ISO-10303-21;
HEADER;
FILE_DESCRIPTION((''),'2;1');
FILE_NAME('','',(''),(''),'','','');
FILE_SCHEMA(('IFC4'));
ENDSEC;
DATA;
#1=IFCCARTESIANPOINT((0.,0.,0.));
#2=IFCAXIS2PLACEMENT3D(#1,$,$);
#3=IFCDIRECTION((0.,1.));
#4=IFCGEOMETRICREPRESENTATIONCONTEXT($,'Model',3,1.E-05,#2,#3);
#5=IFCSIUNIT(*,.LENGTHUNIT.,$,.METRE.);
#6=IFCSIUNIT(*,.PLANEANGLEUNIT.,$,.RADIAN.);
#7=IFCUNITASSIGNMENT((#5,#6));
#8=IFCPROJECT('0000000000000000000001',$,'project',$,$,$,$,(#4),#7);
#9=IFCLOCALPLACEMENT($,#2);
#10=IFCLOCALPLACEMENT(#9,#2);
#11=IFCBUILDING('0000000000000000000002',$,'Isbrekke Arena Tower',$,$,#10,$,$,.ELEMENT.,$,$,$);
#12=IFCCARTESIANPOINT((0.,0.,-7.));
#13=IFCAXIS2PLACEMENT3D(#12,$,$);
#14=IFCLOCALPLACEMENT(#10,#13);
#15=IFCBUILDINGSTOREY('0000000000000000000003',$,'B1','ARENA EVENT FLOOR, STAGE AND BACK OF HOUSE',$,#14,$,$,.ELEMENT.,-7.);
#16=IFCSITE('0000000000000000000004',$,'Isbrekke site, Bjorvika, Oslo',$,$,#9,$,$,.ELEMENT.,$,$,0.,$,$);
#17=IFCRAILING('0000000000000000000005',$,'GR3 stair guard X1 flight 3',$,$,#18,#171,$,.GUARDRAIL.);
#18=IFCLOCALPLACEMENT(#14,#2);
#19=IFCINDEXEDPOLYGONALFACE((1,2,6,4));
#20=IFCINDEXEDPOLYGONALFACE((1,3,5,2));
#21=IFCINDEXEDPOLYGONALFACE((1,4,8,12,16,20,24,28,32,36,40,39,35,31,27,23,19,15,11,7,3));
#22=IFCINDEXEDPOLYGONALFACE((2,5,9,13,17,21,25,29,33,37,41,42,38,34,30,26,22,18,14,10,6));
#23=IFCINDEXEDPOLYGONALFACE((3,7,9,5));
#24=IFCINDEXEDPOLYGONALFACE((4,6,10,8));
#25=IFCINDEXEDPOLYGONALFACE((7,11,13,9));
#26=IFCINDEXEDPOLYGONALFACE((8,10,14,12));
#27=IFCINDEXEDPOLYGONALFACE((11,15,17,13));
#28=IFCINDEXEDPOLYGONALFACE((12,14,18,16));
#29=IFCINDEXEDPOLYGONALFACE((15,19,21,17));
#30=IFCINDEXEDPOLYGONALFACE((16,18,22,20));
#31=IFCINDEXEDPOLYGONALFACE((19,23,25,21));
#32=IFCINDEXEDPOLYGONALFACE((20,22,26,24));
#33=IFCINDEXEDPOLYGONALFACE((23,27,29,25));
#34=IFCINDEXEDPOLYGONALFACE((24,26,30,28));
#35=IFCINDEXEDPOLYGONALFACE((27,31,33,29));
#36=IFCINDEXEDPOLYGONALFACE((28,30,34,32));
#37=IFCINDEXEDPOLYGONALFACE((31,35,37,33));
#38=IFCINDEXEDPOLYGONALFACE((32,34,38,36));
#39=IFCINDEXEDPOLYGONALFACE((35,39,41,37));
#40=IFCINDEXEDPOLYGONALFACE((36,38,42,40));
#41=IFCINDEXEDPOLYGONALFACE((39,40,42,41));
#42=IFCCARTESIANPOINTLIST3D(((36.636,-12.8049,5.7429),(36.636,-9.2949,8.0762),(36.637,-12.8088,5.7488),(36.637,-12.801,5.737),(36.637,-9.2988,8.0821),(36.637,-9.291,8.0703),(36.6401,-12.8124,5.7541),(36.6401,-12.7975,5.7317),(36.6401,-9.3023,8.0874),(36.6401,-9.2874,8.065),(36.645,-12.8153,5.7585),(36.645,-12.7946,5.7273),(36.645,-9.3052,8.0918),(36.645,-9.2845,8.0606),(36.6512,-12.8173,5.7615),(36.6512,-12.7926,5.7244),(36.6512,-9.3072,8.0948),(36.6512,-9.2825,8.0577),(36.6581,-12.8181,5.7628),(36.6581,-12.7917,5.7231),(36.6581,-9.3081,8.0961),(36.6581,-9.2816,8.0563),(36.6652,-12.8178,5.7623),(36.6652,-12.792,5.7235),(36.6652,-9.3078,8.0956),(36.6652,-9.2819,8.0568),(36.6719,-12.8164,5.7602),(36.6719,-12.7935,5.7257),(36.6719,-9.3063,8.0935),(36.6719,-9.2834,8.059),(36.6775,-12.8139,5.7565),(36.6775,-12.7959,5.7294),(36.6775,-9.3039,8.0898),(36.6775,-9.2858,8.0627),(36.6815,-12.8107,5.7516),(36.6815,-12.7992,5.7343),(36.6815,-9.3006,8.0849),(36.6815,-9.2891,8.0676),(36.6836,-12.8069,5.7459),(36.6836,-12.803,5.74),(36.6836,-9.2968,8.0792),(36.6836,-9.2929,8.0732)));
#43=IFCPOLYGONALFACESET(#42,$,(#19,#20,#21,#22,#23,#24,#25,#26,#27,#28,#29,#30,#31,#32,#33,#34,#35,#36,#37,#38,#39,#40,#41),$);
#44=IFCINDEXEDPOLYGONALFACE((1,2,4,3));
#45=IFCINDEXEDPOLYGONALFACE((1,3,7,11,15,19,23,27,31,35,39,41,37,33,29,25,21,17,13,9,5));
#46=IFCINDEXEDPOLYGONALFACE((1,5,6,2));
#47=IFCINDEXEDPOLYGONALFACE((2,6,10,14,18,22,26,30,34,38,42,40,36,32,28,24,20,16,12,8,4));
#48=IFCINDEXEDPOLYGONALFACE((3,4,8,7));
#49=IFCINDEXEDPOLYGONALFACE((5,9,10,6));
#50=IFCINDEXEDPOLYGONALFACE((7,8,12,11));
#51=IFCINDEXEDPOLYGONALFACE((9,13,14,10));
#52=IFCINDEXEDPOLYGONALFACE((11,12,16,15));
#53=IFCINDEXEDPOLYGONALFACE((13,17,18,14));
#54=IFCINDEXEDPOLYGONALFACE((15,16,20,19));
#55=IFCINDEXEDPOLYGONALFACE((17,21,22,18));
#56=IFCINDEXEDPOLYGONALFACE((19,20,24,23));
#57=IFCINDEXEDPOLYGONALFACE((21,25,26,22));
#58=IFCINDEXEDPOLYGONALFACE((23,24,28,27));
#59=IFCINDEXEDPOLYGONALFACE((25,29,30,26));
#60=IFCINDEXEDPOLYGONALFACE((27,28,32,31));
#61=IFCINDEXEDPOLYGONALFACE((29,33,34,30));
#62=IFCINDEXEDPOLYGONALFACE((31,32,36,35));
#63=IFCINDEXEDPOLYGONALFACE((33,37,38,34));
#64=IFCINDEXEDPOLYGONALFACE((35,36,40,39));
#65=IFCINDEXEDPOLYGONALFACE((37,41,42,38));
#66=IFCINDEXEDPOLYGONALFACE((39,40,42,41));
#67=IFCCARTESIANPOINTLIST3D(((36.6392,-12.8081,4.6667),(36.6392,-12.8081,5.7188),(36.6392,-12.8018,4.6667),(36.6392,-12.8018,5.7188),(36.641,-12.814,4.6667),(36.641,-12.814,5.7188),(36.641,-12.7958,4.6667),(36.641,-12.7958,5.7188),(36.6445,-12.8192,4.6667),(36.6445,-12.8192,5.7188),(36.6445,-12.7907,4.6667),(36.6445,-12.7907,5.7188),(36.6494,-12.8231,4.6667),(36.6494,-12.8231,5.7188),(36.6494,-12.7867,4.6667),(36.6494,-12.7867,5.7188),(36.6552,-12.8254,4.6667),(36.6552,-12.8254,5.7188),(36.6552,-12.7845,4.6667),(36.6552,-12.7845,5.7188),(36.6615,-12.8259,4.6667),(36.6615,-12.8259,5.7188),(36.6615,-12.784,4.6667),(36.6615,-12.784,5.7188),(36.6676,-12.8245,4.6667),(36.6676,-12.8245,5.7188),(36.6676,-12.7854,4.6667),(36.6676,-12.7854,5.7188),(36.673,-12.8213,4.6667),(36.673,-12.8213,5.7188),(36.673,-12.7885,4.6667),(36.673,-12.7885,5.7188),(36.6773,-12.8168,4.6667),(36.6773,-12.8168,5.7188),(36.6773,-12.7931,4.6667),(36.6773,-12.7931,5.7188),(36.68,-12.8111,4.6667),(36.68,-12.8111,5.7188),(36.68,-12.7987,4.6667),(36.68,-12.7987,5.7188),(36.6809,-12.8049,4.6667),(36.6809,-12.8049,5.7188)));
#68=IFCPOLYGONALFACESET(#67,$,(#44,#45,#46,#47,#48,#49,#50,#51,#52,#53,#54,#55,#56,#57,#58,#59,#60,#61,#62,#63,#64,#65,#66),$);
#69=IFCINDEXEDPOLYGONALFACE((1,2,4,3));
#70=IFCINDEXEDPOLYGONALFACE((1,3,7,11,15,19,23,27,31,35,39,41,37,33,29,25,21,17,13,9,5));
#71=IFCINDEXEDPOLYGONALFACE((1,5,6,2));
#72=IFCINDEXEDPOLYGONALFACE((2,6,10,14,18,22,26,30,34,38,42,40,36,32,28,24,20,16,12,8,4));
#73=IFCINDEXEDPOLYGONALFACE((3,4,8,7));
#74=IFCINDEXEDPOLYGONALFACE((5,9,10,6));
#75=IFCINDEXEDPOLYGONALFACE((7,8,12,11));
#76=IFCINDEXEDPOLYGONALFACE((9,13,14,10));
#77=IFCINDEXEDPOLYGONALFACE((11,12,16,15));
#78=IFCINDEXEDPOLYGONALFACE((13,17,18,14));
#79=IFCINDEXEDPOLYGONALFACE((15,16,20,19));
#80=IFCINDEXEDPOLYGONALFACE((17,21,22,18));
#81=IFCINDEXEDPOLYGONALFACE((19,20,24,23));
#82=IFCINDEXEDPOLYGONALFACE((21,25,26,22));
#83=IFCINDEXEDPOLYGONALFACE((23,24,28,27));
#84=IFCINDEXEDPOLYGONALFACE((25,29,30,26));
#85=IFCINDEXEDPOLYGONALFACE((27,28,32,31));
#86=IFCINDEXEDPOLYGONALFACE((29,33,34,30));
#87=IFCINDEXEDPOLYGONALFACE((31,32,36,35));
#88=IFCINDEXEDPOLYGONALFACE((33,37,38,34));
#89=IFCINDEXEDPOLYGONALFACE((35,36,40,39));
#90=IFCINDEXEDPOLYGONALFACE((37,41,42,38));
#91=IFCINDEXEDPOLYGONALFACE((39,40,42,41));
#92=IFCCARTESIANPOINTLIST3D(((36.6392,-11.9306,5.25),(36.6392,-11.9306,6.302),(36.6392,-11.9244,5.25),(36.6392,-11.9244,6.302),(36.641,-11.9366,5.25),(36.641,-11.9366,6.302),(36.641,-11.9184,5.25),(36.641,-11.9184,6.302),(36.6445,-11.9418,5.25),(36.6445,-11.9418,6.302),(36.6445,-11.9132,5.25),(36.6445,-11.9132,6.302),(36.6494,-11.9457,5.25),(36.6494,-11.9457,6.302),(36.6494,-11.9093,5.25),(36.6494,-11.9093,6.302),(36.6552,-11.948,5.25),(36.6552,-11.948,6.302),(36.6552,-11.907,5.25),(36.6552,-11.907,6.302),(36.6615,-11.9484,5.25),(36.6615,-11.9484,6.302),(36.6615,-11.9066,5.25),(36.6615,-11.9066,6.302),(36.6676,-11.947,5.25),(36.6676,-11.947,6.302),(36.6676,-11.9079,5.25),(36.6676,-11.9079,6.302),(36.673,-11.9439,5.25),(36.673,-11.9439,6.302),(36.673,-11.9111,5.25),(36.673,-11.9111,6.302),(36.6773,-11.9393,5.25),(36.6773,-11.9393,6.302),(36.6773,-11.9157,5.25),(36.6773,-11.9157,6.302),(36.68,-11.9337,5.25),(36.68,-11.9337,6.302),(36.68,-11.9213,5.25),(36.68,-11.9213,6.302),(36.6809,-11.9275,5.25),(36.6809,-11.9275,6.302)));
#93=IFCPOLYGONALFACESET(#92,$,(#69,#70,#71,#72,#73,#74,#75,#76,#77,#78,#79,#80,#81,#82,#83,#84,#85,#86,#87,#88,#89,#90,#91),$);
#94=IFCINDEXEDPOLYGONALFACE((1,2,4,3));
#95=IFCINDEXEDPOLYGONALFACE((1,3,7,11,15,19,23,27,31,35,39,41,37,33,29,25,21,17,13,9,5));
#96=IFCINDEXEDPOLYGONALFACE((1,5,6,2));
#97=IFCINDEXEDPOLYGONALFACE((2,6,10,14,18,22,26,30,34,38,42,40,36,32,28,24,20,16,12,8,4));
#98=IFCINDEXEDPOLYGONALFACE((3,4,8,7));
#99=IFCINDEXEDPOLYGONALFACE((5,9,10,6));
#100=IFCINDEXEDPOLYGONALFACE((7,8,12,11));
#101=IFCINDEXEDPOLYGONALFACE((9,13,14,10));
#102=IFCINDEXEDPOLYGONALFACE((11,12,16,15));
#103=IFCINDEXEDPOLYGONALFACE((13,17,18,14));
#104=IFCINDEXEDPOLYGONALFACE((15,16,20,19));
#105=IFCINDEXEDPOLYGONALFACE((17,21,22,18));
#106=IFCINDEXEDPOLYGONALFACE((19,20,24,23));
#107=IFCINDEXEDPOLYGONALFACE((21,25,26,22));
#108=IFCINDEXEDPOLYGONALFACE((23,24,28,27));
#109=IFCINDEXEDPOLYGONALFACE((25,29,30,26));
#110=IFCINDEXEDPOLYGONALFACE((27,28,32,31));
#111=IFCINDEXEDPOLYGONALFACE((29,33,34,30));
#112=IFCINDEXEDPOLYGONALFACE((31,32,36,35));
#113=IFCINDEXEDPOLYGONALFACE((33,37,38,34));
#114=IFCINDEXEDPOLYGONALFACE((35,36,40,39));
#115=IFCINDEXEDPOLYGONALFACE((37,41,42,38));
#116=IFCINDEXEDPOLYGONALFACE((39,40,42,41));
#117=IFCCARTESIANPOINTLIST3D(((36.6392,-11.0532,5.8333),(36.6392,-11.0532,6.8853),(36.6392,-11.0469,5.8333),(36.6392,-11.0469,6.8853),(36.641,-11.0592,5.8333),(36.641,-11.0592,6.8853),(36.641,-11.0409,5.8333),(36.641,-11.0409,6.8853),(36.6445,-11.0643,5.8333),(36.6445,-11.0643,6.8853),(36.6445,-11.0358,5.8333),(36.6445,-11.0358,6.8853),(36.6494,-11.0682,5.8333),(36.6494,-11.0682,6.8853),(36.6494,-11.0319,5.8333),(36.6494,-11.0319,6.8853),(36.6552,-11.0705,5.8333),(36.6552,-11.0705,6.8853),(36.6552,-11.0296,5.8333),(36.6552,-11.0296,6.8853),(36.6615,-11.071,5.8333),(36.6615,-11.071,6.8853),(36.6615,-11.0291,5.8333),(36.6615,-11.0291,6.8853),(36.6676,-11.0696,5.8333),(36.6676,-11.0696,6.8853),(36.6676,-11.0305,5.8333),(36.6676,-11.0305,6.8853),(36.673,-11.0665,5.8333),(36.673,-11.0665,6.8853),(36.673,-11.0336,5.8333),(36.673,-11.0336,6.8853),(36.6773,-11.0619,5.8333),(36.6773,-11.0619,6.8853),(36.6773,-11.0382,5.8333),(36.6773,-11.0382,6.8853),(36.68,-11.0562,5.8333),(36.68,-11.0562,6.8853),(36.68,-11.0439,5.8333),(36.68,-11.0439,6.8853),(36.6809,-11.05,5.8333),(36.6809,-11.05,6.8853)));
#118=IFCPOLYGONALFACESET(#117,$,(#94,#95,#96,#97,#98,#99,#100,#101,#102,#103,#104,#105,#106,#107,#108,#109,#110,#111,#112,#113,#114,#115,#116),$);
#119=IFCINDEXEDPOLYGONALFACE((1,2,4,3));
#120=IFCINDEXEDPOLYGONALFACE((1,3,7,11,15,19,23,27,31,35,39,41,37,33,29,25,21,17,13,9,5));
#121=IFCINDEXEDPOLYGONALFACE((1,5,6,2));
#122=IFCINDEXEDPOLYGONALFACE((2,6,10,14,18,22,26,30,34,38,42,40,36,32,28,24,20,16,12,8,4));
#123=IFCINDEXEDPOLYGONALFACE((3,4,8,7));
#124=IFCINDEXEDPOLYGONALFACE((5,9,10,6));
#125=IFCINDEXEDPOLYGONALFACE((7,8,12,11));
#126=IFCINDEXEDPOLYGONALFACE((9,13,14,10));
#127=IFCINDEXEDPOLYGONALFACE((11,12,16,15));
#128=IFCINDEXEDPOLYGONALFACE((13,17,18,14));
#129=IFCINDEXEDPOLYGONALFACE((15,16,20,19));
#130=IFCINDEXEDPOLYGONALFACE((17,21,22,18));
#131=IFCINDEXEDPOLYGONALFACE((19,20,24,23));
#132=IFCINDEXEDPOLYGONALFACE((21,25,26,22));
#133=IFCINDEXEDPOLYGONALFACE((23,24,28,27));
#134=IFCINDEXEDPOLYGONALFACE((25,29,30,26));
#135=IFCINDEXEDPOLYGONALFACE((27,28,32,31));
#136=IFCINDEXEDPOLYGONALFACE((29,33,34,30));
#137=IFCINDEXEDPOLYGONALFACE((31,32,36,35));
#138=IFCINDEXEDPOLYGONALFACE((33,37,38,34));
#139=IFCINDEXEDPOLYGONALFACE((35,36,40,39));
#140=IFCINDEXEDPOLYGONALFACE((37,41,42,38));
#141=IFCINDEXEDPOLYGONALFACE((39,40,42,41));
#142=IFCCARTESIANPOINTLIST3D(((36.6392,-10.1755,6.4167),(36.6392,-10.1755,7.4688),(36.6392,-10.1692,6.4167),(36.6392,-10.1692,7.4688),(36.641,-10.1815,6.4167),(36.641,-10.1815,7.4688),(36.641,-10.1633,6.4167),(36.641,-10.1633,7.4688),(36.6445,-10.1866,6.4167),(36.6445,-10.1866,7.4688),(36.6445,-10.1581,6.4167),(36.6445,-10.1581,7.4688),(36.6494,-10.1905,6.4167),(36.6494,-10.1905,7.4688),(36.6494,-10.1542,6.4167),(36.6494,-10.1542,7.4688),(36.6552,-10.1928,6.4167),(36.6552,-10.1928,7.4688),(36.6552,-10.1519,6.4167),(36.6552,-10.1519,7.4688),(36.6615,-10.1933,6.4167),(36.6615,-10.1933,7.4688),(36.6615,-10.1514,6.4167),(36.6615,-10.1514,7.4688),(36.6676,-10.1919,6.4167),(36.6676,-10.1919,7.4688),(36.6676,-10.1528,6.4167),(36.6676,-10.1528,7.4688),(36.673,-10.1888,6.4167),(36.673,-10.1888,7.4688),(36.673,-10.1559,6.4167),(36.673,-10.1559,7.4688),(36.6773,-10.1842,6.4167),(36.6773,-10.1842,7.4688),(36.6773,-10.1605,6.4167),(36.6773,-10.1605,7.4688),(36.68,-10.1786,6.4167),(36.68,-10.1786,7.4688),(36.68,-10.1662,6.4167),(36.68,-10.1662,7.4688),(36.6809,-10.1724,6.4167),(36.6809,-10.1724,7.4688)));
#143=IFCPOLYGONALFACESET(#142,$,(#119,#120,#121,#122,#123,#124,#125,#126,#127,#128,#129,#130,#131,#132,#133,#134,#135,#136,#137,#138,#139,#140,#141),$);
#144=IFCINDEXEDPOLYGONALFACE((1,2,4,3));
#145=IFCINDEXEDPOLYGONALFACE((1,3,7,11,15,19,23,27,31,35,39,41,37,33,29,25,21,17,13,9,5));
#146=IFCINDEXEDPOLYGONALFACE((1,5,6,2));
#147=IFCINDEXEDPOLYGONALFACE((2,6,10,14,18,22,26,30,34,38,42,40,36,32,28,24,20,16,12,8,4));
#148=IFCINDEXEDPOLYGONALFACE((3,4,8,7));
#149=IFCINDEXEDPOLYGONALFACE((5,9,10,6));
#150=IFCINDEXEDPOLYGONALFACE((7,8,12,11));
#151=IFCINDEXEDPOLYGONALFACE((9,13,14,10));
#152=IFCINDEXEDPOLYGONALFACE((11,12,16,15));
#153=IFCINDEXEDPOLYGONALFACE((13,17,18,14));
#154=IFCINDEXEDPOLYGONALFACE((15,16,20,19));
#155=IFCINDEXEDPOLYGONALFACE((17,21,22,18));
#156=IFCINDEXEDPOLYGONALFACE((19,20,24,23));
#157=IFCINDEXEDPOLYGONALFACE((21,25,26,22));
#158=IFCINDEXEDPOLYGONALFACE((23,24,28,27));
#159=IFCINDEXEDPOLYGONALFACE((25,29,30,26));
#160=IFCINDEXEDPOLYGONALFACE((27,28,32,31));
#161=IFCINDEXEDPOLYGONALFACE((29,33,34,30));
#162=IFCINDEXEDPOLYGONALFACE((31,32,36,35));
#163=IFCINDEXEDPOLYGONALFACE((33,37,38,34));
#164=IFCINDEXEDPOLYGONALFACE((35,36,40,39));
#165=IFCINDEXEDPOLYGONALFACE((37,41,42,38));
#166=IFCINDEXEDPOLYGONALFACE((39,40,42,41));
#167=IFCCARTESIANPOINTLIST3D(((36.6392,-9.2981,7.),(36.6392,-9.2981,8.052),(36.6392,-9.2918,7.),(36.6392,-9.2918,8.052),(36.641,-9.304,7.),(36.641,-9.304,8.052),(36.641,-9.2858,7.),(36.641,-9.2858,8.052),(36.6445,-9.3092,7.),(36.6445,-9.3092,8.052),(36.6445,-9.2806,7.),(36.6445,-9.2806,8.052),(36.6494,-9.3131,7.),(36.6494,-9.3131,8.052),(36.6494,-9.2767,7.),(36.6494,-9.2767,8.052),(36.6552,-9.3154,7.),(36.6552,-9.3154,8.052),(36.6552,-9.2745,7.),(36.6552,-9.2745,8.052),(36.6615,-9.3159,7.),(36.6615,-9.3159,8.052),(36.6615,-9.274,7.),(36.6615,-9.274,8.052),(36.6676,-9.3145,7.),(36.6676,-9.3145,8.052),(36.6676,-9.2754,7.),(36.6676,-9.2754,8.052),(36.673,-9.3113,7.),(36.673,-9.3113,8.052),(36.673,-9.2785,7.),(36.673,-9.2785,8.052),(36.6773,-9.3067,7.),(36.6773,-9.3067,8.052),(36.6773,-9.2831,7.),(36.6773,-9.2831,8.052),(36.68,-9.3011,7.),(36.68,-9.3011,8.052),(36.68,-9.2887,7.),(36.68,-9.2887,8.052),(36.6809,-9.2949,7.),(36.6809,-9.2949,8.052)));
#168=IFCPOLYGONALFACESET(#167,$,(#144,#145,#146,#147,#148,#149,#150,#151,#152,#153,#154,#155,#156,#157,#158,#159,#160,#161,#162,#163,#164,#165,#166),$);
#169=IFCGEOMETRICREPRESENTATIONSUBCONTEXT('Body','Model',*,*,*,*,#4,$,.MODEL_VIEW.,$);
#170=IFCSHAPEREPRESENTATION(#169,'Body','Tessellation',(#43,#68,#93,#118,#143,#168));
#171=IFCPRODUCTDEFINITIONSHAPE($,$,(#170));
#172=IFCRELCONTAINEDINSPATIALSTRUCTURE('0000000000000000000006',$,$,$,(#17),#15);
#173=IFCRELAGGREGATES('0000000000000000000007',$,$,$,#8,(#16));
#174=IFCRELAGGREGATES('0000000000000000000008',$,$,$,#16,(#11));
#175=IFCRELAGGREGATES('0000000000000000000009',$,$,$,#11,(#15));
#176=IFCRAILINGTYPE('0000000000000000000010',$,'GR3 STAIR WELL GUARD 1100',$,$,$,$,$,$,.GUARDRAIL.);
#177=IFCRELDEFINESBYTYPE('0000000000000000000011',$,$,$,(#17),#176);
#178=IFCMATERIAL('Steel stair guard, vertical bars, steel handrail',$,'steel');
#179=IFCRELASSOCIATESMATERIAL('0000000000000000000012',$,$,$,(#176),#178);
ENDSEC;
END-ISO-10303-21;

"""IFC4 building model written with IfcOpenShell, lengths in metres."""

from ifc_helpers import new_model, si_unit, direction, frame, origin, origin_2d, place, context, subcontext, project, spatial, circle, extrude, material, type_object, element, save


model = new_model("IFC4")

# Units and contexts
model_context = context("Model", 3, precision=1e-05, world=origin(), true_north=direction((0.0, 1.0)))
body_context = subcontext(model_context, "Body", "Model", "MODEL_VIEW")
ifc_project = project(units=[si_unit("LENGTHUNIT", "METRE"), si_unit("PLANEANGLEUNIT", "RADIAN")], contexts=[model_context])

# Site, building, storey
site_placement = place(None, origin())
site = spatial("IfcSite", under=ifc_project, at=site_placement, Name="Isbrekke site, Bjorvika, Oslo", CompositionType="ELEMENT", RefElevation=0.0)
building_placement = place(site_placement, origin())
building = spatial("IfcBuilding", under=site, at=building_placement, Name="Isbrekke Arena Tower", CompositionType="ELEMENT")
storey_placement = place(building_placement, frame((0.0, 0.0, -7.0)))
storey = spatial("IfcBuildingStorey", under=building, at=storey_placement, Name="B1", Description="ARENA EVENT FLOOR, STAGE AND BACK OF HOUSE", CompositionType="ELEMENT", Elevation=-7.0)

# Railing
ifc_material_1 = material(Name="Steel stair guard, vertical bars, steel handrail", Category="steel")
railing_type = type_object("IfcRailingType", Name="GR3 STAIR WELL GUARD 1100", PredefinedType="GUARDRAIL", material=ifc_material_1)
for number, where, name in (
    (1, (36.6599, -12.8049, 4.6667), "GR3 stair guard X1 flight 3"),
):
    element("IfcRailing", number, at=place(storey_placement, frame(where)), inside=storey, type_object=railing_type, Name=name, PredefinedType="GUARDRAIL", context=body_context, shape_type="SweptSolid", body=[
        extrude(circle(Radius=0.0239, at=origin_2d()), frame((0.0, 0.0, 1.0762), z_axis=(0.0, 0.832789, 0.55359), x_axis=(-1.0, 0.0, 0.0)), (0.0, 0.0, 1.0), 4.2148),
        extrude(circle(Radius=0.021, at=origin_2d()), origin(), (0.0, 0.0, 1.0), 1.052),
        extrude(circle(Radius=0.021, at=origin_2d()), frame((0.0, 0.8774, 0.5833)), (0.0, 0.0, 1.0), 1.052),
        extrude(circle(Radius=0.021, at=origin_2d()), frame((0.0, 1.7549, 1.1665)), (0.0, 0.0, 1.0), 1.052),
        extrude(circle(Radius=0.021, at=origin_2d()), frame((0.0, 2.6326, 1.75)), (0.0, 0.0, 1.0), 1.052),
        extrude(circle(Radius=0.021, at=origin_2d()), frame((0.0, 3.51, 2.3333)), (0.0, 0.0, 1.0), 1.052),
    ])

save(model, "model.ifc")
